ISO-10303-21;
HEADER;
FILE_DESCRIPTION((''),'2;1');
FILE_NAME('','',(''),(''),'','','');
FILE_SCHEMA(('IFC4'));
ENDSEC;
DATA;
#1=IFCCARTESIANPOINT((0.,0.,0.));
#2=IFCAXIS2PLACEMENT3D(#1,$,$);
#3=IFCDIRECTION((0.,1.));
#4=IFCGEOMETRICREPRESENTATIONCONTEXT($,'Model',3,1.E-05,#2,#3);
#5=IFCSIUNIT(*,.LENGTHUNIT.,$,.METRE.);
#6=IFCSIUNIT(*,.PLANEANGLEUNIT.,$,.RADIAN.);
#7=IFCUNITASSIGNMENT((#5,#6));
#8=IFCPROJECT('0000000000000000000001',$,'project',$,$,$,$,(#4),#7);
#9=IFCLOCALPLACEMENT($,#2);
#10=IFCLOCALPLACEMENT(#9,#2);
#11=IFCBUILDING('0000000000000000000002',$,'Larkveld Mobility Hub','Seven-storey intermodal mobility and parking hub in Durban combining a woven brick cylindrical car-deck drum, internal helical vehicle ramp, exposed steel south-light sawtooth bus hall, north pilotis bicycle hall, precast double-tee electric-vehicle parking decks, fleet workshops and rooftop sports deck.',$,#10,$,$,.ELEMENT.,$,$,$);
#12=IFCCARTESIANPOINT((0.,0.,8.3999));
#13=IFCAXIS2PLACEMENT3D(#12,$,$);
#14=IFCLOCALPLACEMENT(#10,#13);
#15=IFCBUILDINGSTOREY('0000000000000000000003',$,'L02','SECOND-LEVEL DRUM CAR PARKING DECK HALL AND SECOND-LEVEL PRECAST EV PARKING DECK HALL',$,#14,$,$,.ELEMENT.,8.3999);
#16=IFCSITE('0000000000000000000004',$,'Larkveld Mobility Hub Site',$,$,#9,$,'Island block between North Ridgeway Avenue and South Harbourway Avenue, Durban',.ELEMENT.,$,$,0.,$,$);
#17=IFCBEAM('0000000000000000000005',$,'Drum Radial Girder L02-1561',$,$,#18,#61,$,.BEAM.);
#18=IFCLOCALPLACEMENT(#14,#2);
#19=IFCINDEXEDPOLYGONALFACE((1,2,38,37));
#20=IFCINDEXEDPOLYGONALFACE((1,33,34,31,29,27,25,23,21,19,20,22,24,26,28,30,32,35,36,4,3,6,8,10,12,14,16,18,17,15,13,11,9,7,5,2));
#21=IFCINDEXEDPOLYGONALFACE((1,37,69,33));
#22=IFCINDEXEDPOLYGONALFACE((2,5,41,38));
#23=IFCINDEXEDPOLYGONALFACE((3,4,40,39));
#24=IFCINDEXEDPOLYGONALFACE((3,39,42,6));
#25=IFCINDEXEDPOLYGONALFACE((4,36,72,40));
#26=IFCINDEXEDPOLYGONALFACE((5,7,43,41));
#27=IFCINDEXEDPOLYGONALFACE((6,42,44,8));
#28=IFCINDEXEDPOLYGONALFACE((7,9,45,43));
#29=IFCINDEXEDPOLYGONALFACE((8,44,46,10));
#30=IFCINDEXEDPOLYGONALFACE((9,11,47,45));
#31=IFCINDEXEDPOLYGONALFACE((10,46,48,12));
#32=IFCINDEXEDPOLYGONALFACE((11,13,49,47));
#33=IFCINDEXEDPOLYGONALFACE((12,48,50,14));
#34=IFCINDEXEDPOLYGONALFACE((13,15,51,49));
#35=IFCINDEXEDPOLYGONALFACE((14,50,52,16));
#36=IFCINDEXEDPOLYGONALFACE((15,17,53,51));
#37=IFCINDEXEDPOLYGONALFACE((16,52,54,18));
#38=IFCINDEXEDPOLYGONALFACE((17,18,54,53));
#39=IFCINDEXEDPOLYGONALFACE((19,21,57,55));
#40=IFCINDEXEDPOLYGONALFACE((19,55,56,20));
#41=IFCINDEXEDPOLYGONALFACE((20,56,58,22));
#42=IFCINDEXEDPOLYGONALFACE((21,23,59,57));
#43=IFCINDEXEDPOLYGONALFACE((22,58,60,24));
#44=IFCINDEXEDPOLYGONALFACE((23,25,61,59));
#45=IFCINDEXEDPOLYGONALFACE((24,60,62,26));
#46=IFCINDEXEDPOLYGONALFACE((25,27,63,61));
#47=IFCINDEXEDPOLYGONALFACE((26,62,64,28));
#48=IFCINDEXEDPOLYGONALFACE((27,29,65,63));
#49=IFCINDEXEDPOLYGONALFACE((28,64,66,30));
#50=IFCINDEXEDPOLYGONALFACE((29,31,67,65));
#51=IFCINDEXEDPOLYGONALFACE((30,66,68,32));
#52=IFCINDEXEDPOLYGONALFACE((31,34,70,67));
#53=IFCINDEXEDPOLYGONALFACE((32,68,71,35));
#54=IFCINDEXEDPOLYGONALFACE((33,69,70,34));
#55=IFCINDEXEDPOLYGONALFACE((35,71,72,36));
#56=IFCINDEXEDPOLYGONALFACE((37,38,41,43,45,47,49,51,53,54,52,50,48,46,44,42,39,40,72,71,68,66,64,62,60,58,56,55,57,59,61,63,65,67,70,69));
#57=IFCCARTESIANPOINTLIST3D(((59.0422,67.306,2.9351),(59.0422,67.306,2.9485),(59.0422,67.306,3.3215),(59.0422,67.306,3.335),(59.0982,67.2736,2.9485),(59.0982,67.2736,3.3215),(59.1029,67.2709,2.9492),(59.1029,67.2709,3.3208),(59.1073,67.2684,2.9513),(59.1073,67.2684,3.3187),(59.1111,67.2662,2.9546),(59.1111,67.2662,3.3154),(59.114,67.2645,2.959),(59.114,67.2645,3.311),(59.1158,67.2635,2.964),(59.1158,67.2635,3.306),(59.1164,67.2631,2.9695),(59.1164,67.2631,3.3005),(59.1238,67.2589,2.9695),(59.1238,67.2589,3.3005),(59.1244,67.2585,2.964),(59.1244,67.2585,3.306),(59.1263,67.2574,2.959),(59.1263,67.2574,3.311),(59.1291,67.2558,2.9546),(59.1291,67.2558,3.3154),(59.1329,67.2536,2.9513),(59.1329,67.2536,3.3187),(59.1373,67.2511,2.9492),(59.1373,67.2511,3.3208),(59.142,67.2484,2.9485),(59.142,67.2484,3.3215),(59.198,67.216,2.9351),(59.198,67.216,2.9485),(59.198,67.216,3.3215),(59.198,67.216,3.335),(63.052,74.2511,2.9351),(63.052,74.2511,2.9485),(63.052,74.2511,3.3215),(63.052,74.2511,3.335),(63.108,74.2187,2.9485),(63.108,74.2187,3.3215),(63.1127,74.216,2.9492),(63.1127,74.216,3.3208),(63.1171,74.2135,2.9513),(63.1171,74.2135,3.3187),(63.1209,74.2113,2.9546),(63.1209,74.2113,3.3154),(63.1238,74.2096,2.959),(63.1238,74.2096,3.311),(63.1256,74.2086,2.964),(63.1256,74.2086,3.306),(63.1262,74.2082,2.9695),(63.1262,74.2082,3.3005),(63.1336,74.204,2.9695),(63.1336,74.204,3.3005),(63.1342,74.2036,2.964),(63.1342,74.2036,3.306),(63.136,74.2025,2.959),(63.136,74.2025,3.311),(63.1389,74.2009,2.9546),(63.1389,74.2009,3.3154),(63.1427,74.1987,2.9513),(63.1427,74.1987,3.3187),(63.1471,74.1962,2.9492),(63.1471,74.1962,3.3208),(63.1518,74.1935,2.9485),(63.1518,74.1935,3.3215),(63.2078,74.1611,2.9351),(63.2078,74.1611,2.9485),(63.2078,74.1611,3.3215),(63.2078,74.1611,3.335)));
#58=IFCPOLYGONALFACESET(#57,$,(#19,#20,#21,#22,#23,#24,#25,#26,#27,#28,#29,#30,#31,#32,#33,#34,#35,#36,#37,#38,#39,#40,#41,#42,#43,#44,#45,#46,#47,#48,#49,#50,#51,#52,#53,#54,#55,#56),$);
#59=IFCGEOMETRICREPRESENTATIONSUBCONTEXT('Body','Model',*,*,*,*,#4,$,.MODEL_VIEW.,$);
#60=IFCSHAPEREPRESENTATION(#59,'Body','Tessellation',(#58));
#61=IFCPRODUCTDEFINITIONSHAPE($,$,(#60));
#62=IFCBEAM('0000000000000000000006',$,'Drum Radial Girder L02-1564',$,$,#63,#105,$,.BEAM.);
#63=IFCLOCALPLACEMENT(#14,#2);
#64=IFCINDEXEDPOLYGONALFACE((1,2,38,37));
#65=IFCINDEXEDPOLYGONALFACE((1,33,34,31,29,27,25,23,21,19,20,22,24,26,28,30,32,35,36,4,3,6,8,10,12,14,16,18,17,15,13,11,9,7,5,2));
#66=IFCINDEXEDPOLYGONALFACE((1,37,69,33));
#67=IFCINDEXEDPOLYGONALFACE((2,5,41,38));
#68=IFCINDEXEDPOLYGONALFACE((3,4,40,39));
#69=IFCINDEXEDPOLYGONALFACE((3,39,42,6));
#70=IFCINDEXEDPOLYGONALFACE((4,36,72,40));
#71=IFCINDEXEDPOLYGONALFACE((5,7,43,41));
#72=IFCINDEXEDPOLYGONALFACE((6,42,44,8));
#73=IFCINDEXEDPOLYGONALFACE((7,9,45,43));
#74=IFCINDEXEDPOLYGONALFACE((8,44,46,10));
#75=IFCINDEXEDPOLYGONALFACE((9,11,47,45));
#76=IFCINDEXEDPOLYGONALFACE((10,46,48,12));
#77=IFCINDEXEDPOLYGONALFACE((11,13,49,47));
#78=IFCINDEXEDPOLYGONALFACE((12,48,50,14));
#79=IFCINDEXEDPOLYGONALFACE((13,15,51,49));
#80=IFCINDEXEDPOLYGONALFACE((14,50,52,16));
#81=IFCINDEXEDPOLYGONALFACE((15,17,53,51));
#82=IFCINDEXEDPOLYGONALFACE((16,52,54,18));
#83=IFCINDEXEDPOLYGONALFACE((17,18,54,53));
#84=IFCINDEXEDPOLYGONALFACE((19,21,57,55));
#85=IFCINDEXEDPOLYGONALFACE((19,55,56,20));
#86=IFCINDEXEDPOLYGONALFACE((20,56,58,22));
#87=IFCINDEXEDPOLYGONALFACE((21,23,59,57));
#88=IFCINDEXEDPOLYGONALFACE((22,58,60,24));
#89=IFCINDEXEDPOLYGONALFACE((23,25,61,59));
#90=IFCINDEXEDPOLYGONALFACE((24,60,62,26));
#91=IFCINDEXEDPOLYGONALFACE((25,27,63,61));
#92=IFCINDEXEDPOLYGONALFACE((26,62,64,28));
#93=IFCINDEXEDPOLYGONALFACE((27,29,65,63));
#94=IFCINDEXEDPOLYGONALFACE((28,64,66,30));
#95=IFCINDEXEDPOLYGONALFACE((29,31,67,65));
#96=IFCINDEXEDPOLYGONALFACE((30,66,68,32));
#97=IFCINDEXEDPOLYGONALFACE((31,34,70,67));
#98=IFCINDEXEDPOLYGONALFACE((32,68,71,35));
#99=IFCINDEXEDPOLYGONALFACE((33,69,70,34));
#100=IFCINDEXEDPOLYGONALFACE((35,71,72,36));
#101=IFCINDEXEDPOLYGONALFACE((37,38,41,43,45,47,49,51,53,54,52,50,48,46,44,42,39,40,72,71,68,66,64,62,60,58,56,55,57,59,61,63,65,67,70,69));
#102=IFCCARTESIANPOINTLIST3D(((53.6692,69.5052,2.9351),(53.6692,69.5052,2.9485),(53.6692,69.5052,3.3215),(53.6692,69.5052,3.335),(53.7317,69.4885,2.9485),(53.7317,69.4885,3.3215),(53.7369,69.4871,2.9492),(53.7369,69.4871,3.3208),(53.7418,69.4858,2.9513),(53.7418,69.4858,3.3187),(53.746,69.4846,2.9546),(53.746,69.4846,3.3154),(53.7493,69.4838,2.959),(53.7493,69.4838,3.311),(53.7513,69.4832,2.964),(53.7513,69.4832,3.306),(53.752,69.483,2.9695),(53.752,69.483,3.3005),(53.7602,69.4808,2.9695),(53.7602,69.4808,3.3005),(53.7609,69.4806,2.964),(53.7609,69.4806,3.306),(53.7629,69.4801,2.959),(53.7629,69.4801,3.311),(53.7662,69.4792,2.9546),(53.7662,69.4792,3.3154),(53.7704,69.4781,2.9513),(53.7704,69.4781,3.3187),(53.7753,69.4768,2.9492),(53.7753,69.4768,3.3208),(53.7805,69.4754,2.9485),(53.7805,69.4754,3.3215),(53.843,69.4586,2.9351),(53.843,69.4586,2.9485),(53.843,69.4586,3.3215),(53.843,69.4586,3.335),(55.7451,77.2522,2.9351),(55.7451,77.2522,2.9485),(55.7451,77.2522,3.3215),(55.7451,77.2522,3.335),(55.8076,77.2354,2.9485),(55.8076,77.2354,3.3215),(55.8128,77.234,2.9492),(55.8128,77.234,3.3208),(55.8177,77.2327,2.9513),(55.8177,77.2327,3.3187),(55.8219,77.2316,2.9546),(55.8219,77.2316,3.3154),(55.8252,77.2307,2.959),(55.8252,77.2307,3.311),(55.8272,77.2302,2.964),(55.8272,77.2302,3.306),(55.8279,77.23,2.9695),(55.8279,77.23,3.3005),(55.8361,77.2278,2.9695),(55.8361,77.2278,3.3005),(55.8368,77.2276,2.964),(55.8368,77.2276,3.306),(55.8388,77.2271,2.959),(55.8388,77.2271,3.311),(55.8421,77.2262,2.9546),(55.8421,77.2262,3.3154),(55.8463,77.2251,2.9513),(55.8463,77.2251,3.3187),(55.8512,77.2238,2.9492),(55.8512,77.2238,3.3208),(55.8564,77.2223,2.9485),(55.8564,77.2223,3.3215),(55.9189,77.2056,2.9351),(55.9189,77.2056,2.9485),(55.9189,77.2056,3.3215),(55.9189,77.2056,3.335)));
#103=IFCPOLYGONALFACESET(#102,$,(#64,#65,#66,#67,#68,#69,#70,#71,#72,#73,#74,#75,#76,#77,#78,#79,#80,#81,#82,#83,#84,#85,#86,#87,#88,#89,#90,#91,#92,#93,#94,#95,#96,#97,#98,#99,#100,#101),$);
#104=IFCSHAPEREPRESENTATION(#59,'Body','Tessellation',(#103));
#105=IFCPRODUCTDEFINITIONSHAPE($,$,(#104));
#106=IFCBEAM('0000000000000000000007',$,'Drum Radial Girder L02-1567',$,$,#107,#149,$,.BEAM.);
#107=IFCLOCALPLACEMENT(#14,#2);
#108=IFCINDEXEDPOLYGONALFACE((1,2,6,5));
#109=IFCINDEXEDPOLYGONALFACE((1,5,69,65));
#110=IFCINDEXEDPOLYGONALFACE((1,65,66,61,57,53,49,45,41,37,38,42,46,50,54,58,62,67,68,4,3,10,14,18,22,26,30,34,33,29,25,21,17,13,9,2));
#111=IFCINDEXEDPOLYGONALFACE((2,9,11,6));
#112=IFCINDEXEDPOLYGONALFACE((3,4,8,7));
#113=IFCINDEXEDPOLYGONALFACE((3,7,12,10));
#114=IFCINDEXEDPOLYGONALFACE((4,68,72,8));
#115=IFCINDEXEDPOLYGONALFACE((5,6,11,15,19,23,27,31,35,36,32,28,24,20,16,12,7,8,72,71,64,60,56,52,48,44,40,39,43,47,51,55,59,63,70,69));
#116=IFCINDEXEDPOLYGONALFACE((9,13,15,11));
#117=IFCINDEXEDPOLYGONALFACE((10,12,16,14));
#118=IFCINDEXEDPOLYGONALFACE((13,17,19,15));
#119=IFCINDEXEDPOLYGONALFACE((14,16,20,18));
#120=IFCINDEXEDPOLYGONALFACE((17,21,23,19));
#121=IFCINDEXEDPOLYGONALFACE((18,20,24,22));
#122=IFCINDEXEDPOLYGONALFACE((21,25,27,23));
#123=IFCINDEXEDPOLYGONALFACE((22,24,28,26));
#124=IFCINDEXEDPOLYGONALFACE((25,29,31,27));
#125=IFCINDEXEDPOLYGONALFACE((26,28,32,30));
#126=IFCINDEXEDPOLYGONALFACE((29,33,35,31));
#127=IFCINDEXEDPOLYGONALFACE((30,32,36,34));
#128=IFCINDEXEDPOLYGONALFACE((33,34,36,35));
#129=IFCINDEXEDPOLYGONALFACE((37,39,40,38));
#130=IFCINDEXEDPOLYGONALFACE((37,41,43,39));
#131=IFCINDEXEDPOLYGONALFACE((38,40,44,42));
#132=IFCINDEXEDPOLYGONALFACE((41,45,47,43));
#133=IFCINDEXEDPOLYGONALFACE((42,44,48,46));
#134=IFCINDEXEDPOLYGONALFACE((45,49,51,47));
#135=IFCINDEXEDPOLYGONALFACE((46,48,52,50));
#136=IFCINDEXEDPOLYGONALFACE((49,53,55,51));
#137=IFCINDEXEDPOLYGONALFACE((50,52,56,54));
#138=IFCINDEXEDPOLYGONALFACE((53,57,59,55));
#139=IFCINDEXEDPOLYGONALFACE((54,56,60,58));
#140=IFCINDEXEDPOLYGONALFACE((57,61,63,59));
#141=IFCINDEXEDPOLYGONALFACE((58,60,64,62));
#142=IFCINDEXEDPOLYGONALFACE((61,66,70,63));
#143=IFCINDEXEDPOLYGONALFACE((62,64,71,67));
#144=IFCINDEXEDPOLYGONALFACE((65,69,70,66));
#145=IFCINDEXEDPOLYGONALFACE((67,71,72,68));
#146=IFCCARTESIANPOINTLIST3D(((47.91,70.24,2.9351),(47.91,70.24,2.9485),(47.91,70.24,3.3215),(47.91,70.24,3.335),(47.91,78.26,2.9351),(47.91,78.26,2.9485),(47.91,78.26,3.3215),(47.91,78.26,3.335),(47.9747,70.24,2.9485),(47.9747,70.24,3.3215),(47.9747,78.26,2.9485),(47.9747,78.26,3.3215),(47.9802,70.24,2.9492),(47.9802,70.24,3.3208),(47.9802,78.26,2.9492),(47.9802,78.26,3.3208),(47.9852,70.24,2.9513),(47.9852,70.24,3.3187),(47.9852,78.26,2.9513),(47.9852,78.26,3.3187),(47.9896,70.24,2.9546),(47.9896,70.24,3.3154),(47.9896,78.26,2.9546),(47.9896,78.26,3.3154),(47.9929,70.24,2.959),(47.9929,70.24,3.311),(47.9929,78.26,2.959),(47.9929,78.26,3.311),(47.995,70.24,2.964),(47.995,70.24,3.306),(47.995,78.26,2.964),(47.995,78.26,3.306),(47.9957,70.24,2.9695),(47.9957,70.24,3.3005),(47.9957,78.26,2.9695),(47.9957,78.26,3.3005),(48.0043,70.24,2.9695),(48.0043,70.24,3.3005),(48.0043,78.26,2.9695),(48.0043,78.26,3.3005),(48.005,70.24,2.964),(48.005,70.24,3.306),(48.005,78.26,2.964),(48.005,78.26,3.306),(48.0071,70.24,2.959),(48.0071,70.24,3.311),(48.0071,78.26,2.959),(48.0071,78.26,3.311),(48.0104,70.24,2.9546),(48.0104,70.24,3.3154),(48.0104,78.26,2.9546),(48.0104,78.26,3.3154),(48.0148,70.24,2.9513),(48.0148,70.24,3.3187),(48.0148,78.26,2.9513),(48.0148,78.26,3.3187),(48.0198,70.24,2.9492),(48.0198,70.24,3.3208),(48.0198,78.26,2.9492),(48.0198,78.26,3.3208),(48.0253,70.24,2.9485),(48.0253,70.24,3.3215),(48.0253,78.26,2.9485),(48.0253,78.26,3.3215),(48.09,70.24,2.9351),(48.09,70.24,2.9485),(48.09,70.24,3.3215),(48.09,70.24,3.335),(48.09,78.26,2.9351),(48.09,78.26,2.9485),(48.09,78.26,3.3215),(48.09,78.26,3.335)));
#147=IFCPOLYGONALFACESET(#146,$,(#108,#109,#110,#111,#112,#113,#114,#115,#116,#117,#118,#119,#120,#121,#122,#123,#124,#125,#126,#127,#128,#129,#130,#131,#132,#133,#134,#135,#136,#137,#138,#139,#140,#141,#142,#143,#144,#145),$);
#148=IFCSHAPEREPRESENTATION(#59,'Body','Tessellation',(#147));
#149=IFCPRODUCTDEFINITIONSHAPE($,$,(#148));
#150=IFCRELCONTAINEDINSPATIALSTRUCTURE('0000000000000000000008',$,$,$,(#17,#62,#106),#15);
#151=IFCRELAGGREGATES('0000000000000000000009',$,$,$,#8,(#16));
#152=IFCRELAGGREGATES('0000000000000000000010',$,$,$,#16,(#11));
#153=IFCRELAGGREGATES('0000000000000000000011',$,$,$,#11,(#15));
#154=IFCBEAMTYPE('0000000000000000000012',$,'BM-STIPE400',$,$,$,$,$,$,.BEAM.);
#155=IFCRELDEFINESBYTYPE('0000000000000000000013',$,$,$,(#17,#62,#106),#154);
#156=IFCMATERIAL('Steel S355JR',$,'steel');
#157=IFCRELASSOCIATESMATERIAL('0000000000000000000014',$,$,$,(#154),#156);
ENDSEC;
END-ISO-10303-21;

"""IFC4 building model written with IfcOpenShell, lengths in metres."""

from ifc_helpers import new_model, si_unit, direction, frame, origin, origin_2d, place, context, subcontext, project, spatial, i_section, extrude, material, material_profile, profile_set, type_object, element, save


model = new_model("IFC4")

# Units and contexts
model_context = context("Model", 3, precision=1e-05, world=origin(), true_north=direction((0.0, 1.0)))
body_context = subcontext(model_context, "Body", "Model", "MODEL_VIEW")
ifc_project = project(units=[si_unit("LENGTHUNIT", "METRE"), si_unit("PLANEANGLEUNIT", "RADIAN")], contexts=[model_context])

# Site, building, storey
site_placement = place(None, origin())
site = spatial("IfcSite", under=ifc_project, at=site_placement, Name="Larkveld Mobility Hub Site", LongName="Island block between North Ridgeway Avenue and South Harbourway Avenue, Durban", CompositionType="ELEMENT", RefElevation=0.0)
building_placement = place(site_placement, origin())
building = spatial("IfcBuilding", under=site, at=building_placement, Name="Larkveld Mobility Hub", Description="Seven-storey intermodal mobility and parking hub in Durban combining a woven brick cylindrical car-deck drum, internal helical vehicle ramp, exposed steel south-light sawtooth bus hall, north pilotis bicycle hall, precast double-tee electric-vehicle parking decks, fleet workshops and rooftop sports deck.", CompositionType="ELEMENT")
storey_placement = place(building_placement, frame((0.0, 0.0, 8.3999)))
storey = spatial("IfcBuildingStorey", under=building, at=storey_placement, Name="L02", Description="SECOND-LEVEL DRUM CAR PARKING DECK HALL AND SECOND-LEVEL PRECAST EV PARKING DECK HALL", CompositionType="ELEMENT", Elevation=8.3999)

# Beams
ifc_material_1 = material(Name="Steel S355JR", Category="steel")
ifc_material_profile_1 = material_profile(ifc_material_1, i_section(OverallWidth=0.1799, OverallDepth=0.3999, WebThickness=0.0085, FlangeThickness=0.0134, FilletRadius=0.021, at=origin_2d()), Name="IPE 400")
ifc_profile_set_1 = profile_set([ifc_material_profile_1], Name="Steel S355JR")
beam_type_1 = type_object("IfcBeamType", Name="BM-STIPE400", PredefinedType="BEAM", material=ifc_profile_set_1)
beam_1_placement = place(storey_placement, frame((59.1201, 67.261, 3.135), z_axis=(0.500003, 0.866024, 0.0), x_axis=(-0.866024, 0.500003, 0.0)))
element("IfcBeam", 1, at=beam_1_placement, inside=storey, type_object=beam_type_1, Name="Drum Radial Girder L02-1561", PredefinedType="BEAM", context=body_context, shape_type="SweptSolid", body=[
    extrude(i_section(OverallWidth=0.1799, OverallDepth=0.3999, WebThickness=0.0085, FlangeThickness=0.0134, FilletRadius=0.021, at=origin_2d()), origin(), (0.0, 0.0, 1.0), 8.0195),
])
beam_2_placement = place(storey_placement, frame((53.7561, 69.4819, 3.135), z_axis=(0.258831, 0.965923, 0.0), x_axis=(-0.965923, 0.258831, 0.0)))
element("IfcBeam", 2, at=beam_2_placement, inside=storey, type_object=beam_type_1, Name="Drum Radial Girder L02-1564", PredefinedType="BEAM", context=body_context, shape_type="SweptSolid", body=[
    extrude(i_section(OverallWidth=0.1799, OverallDepth=0.3999, WebThickness=0.0085, FlangeThickness=0.0134, FilletRadius=0.021, at=origin_2d()), origin(), (0.0, 0.0, 1.0), 8.0203),
])
beam_3_placement = place(storey_placement, frame((48.0, 70.24, 3.135), z_axis=(0.0, 1.0, 0.0), x_axis=(-1.0, 0.0, 0.0)))
element("IfcBeam", 3, at=beam_3_placement, inside=storey, type_object=beam_type_1, Name="Drum Radial Girder L02-1567", PredefinedType="BEAM", context=body_context, shape_type="SweptSolid", body=[
    extrude(i_section(OverallWidth=0.1799, OverallDepth=0.3999, WebThickness=0.0085, FlangeThickness=0.0134, FilletRadius=0.021, at=origin_2d()), origin(), (0.0, 0.0, 1.0), 8.02),
])

save(model, "model.ifc")
